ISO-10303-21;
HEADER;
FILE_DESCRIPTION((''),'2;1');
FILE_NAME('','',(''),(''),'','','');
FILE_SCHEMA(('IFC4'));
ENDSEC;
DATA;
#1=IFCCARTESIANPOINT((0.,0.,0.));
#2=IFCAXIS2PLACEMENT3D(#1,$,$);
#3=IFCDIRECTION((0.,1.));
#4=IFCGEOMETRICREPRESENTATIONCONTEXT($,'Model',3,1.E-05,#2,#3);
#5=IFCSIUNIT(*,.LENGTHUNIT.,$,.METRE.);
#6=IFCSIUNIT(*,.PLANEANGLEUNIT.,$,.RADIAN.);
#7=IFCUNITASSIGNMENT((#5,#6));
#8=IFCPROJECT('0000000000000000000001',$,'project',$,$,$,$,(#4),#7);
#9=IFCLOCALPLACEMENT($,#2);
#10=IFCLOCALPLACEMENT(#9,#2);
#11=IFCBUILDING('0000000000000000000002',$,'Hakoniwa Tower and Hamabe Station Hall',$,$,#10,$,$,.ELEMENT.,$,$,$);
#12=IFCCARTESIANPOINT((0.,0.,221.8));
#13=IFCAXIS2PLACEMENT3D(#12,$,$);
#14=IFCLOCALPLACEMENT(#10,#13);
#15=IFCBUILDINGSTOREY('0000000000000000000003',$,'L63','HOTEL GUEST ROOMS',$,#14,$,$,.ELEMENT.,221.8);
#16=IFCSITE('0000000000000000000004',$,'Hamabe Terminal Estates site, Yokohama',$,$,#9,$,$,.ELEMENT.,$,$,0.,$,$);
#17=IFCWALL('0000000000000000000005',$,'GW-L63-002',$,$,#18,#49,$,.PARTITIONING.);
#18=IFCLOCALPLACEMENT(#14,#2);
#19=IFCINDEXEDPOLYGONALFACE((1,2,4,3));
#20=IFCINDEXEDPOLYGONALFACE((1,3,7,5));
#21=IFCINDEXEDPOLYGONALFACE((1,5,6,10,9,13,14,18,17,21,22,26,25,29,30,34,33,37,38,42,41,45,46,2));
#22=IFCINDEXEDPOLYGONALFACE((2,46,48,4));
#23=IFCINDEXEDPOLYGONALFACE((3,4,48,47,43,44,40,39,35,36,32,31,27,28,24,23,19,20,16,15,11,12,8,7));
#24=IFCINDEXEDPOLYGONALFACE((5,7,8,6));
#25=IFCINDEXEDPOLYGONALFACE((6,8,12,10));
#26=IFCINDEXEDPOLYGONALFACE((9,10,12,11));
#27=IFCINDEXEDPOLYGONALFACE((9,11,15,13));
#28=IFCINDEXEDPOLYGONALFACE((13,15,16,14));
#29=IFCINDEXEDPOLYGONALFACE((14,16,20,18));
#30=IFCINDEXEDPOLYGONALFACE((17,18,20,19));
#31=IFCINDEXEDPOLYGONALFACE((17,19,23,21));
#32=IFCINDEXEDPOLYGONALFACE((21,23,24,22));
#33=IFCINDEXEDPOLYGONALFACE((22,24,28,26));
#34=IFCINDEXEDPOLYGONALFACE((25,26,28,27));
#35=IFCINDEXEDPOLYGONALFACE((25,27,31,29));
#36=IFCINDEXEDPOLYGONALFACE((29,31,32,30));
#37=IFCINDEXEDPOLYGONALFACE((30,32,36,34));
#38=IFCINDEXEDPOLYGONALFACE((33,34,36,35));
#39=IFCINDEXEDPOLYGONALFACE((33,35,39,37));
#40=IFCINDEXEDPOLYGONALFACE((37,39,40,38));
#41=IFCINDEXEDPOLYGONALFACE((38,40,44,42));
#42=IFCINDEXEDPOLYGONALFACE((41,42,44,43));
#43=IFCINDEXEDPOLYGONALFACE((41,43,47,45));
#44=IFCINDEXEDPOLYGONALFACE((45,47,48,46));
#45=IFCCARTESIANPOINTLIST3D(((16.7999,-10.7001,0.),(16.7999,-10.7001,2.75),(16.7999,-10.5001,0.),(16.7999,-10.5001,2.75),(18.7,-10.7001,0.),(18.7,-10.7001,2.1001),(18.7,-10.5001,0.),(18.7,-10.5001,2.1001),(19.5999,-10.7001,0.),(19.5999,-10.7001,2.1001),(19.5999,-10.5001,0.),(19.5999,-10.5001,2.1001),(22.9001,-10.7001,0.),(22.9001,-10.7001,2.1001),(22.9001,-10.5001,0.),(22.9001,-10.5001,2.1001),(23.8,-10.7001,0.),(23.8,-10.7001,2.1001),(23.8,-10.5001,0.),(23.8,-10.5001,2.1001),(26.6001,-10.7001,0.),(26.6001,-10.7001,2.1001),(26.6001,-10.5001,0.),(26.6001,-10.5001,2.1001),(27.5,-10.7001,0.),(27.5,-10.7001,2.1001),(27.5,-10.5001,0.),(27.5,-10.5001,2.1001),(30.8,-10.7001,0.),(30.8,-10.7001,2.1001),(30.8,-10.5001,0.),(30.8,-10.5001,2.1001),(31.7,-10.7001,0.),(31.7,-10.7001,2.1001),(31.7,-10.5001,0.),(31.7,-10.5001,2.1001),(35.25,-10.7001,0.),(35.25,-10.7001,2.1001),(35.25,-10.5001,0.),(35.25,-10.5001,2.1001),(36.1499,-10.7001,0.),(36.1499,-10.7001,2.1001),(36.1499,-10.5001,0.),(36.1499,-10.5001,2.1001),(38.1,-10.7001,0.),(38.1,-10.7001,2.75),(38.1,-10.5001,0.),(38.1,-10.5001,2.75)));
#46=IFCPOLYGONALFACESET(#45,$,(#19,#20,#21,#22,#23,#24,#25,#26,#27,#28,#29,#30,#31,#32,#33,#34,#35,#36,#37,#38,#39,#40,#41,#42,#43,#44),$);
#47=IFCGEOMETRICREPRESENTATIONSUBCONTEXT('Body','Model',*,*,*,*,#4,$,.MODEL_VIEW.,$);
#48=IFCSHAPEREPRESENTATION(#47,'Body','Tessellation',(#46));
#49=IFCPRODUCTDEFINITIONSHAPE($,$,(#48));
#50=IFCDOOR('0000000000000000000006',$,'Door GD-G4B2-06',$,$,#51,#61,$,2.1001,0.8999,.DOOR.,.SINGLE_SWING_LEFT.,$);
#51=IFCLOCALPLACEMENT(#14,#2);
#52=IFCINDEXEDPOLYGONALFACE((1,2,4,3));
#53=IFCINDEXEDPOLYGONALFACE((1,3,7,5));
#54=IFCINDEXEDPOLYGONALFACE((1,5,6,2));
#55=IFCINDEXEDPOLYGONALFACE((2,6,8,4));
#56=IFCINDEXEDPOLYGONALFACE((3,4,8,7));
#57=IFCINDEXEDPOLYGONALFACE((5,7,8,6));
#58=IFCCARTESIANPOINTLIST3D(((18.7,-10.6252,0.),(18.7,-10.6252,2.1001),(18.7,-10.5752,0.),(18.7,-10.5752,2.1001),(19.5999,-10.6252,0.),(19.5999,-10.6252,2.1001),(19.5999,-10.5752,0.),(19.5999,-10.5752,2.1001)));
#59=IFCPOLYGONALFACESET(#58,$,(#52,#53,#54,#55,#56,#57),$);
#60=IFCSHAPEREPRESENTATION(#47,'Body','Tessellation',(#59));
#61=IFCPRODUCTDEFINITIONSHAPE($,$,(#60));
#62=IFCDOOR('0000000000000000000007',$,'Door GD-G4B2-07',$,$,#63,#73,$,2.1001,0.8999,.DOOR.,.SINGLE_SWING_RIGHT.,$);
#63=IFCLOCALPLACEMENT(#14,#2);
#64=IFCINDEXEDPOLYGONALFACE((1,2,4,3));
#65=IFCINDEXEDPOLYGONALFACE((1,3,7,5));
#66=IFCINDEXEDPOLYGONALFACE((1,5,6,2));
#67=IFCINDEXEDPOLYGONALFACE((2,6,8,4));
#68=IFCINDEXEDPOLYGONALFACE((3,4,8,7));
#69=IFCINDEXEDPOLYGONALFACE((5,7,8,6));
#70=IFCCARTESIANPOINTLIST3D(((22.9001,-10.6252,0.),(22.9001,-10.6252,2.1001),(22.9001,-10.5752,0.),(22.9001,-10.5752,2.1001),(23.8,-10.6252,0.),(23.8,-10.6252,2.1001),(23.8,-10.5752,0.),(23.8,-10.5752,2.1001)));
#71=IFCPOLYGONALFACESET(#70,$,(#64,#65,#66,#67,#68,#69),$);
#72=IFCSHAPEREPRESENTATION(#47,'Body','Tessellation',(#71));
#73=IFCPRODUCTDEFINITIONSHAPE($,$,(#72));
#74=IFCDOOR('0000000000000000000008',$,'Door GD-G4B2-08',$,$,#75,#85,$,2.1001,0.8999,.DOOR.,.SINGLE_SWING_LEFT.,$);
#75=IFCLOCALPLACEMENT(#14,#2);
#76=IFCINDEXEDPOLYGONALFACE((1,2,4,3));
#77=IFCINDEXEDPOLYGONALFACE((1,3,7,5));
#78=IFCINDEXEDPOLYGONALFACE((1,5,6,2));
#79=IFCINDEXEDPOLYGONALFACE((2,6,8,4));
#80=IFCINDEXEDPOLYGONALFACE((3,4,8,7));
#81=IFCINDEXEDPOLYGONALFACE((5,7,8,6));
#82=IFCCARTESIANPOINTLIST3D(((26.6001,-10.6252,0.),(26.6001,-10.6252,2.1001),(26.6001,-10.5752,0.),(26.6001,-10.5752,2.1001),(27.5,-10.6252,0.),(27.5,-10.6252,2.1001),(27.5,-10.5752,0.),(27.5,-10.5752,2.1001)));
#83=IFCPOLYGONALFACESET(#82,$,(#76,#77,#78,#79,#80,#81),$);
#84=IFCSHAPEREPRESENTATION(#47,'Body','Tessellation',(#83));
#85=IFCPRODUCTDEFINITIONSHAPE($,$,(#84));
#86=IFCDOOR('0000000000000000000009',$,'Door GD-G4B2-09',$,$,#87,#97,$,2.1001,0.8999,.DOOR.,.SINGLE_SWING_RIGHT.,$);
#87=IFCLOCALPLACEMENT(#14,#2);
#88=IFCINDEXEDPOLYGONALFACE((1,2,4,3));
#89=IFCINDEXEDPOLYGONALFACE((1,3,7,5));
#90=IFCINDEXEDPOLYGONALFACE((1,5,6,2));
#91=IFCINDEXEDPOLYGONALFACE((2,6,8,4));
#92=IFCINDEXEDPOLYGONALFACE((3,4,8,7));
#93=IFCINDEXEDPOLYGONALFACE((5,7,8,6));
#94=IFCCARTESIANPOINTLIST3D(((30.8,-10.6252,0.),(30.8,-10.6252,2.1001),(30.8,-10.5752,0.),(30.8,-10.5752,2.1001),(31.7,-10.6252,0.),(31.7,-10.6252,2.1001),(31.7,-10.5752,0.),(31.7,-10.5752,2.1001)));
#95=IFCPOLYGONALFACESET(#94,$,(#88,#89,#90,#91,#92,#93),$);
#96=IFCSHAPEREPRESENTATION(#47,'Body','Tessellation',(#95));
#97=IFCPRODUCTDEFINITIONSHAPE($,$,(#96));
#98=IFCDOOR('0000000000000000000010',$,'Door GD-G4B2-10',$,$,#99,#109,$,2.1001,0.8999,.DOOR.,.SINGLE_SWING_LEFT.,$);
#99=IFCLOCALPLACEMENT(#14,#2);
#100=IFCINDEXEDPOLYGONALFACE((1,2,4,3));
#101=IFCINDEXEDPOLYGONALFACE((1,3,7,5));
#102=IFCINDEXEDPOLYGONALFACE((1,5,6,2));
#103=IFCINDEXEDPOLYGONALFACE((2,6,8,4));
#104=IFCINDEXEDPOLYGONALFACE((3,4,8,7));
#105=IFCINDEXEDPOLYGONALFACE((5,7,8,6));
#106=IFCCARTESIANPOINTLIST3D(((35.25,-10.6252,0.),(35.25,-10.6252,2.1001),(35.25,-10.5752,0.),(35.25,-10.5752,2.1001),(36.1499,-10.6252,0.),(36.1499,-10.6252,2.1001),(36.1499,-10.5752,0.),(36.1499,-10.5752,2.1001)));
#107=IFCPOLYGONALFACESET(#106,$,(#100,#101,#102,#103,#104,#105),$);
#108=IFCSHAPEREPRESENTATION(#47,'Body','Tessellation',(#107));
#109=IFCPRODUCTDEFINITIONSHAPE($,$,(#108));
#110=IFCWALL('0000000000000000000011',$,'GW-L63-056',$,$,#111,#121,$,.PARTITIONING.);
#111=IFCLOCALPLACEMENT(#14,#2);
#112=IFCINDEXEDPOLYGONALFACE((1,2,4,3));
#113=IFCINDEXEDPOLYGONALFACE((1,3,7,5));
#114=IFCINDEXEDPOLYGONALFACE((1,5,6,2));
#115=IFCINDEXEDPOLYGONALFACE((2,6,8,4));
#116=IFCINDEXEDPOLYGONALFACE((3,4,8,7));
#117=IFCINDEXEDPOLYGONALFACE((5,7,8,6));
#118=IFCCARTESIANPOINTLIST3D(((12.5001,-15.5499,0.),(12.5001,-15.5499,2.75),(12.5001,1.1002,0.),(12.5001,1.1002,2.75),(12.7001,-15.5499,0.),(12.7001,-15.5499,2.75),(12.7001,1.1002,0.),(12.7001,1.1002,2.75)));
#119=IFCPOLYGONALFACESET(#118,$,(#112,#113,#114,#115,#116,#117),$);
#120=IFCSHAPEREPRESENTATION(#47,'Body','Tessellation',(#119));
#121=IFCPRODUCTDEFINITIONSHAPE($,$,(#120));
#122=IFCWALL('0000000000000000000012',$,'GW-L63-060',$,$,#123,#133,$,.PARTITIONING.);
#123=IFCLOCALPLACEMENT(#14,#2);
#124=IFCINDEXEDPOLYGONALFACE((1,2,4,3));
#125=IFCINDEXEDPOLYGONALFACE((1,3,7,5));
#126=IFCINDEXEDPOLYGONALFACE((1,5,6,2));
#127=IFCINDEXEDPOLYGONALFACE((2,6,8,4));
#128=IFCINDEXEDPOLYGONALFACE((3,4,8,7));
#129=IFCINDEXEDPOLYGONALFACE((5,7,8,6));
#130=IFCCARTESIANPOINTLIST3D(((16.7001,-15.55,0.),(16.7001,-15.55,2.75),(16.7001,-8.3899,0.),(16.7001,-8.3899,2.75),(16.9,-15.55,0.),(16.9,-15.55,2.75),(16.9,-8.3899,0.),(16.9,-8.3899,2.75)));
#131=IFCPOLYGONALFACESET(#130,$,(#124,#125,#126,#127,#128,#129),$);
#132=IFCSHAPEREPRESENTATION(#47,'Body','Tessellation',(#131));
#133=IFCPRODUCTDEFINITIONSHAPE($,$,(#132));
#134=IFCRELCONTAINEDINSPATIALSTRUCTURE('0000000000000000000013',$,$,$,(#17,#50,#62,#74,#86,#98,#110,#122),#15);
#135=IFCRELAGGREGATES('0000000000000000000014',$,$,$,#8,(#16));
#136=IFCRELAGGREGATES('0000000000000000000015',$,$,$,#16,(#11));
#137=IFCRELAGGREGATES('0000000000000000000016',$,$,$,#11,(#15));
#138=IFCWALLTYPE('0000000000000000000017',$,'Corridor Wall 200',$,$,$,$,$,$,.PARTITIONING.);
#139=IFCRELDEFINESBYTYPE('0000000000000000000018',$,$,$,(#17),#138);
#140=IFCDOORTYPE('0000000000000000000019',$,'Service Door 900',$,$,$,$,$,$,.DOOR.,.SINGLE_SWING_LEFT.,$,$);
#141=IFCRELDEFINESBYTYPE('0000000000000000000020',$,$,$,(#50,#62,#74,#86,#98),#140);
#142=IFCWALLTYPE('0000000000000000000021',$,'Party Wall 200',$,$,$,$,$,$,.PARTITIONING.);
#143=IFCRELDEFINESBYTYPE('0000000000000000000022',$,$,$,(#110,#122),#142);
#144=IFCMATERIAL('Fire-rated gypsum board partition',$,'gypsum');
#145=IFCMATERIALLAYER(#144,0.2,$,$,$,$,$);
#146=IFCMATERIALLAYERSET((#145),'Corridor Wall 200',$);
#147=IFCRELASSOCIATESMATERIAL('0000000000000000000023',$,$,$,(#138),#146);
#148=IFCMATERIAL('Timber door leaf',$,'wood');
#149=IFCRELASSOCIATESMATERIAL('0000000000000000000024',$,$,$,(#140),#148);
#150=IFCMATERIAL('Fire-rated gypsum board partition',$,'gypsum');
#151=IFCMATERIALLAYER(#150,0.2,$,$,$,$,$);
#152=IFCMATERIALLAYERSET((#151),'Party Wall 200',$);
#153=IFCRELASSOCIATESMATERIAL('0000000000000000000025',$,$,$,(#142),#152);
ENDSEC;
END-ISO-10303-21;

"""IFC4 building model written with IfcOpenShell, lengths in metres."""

from ifc_helpers import new_model, si_unit, direction, frame, frame_2d, origin, place, context, subcontext, project, spatial, rectangle, extrude, material, layer, layer_set, type_object, element, fill, save


model = new_model("IFC4")

# Units and contexts
model_context = context("Model", 3, precision=1e-05, world=origin(), true_north=direction((0.0, 1.0)))
body_context = subcontext(model_context, "Body", "Model", "MODEL_VIEW")
ifc_project = project(units=[si_unit("LENGTHUNIT", "METRE"), si_unit("PLANEANGLEUNIT", "RADIAN")], contexts=[model_context])

# Site, building, storey
site_placement = place(None, origin())
site = spatial("IfcSite", under=ifc_project, at=site_placement, Name="Hamabe Terminal Estates site, Yokohama", CompositionType="ELEMENT", RefElevation=0.0)
building_placement = place(site_placement, origin())
building = spatial("IfcBuilding", under=site, at=building_placement, Name="Hakoniwa Tower and Hamabe Station Hall", CompositionType="ELEMENT")
storey_placement = place(building_placement, frame((0.0, 0.0, 221.8)))
storey = spatial("IfcBuildingStorey", under=building, at=storey_placement, Name="L63", Description="HOTEL GUEST ROOMS", CompositionType="ELEMENT", Elevation=221.8)

# Wall, openings, doors
ifc_material_1 = material(Name="Fire-rated gypsum board partition", Category="gypsum")
ifc_layer_1 = layer(ifc_material_1, 0.2)
ifc_layer_set_1 = layer_set([ifc_layer_1], Name="Corridor Wall 200")
wall_type_1 = type_object("IfcWallType", Name="Corridor Wall 200", PredefinedType="PARTITIONING", material=ifc_layer_set_1)
wall_1_placement = place(storey_placement, frame((16.8, -10.6001, 0.0), z_axis=(0.0, 0.0, 1.0), x_axis=(1.0, 0.0, 0.0)))
wall_1 = element("IfcWall", 1, at=wall_1_placement, inside=storey, type_object=wall_type_1, Name="GW-L63-002", PredefinedType="PARTITIONING", context=body_context, shape_type="SweptSolid", body=[
    extrude(rectangle(XDim=21.3, YDim=0.2, at=frame_2d((10.6499, 0.0))), origin(), (0.0, 0.0, 1.0), 2.75),
])
opening_1_placement = place(wall_1_placement, frame((1.8999, 0.0, 0.0)))
opening_1 = element("IfcOpeningElement", 2, at=opening_1_placement, cuts=wall_1, PredefinedType="OPENING", context=body_context, shape_type="SweptSolid", body=[
    extrude(rectangle(XDim=0.8999, YDim=2.1001, at=frame_2d((0.45, 1.05))), frame((0.0, 0.1099, 0.0), z_axis=(0.0, -1.0, 0.0), x_axis=(1.0, 0.0, 0.0)), (0.0, 0.0, 1.0), 0.22),
])
opening_2_placement = place(wall_1_placement, frame((6.1001, 0.0, 0.0)))
opening_2 = element("IfcOpeningElement", 3, at=opening_2_placement, cuts=wall_1, PredefinedType="OPENING", context=body_context, shape_type="SweptSolid", body=[
    extrude(rectangle(XDim=0.8999, YDim=2.1001, at=frame_2d((0.45, 1.05))), frame((0.0, 0.1099, 0.0), z_axis=(0.0, -1.0, 0.0), x_axis=(1.0, 0.0, 0.0)), (0.0, 0.0, 1.0), 0.22),
])
opening_3_placement = place(wall_1_placement, frame((9.8, 0.0, 0.0)))
opening_3 = element("IfcOpeningElement", 4, at=opening_3_placement, cuts=wall_1, PredefinedType="OPENING", context=body_context, shape_type="SweptSolid", body=[
    extrude(rectangle(XDim=0.8999, YDim=2.1001, at=frame_2d((0.45, 1.05))), frame((0.0, 0.1099, 0.0), z_axis=(0.0, -1.0, 0.0), x_axis=(1.0, 0.0, 0.0)), (0.0, 0.0, 1.0), 0.22),
])
opening_4_placement = place(wall_1_placement, frame((14.0, 0.0, 0.0)))
opening_4 = element("IfcOpeningElement", 5, at=opening_4_placement, cuts=wall_1, PredefinedType="OPENING", context=body_context, shape_type="SweptSolid", body=[
    extrude(rectangle(XDim=0.8999, YDim=2.1001, at=frame_2d((0.45, 1.05))), frame((0.0, 0.1099, 0.0), z_axis=(0.0, -1.0, 0.0), x_axis=(1.0, 0.0, 0.0)), (0.0, 0.0, 1.0), 0.22),
])
opening_5_placement = place(wall_1_placement, frame((18.45, 0.0, 0.0)))
opening_5 = element("IfcOpeningElement", 6, at=opening_5_placement, cuts=wall_1, PredefinedType="OPENING", context=body_context, shape_type="SweptSolid", body=[
    extrude(rectangle(XDim=0.8999, YDim=2.1001, at=frame_2d((0.45, 1.05))), frame((0.0, 0.1099, 0.0), z_axis=(0.0, -1.0, 0.0), x_axis=(1.0, 0.0, 0.0)), (0.0, 0.0, 1.0), 0.22),
])
ifc_material_2 = material(Name="Timber door leaf", Category="wood")
door_type_1 = type_object("IfcDoorType", Name="Service Door 900", OperationType="SINGLE_SWING_LEFT", PredefinedType="DOOR", material=ifc_material_2)
door_1_placement = place(opening_1_placement, origin())
door_1 = element("IfcDoor", 7, at=door_1_placement, inside=storey, type_object=door_type_1, Name="Door GD-G4B2-06", OperationType="SINGLE_SWING_LEFT", OverallHeight=2.1001, OverallWidth=0.8999, PredefinedType="DOOR", context=body_context, shape_type="SweptSolid", body=[
    extrude(rectangle(XDim=0.8999, YDim=2.1001, at=frame_2d((0.45, 1.05))), frame((0.0, 0.0249, 0.0), z_axis=(0.0, -1.0, 0.0), x_axis=(1.0, 0.0, 0.0)), (0.0, 0.0, 1.0), 0.05),
])
fill(opening_1, door_1)
door_2_placement = place(opening_2_placement, origin())
door_2 = element("IfcDoor", 8, at=door_2_placement, inside=storey, type_object=door_type_1, Name="Door GD-G4B2-07", OperationType="SINGLE_SWING_RIGHT", OverallHeight=2.1001, OverallWidth=0.8999, PredefinedType="DOOR", context=body_context, shape_type="SweptSolid", body=[
    extrude(rectangle(XDim=0.8999, YDim=2.1001, at=frame_2d((0.45, 1.05))), frame((0.0, 0.0249, 0.0), z_axis=(0.0, -1.0, 0.0), x_axis=(1.0, 0.0, 0.0)), (0.0, 0.0, 1.0), 0.05),
])
fill(opening_2, door_2)
door_3_placement = place(opening_3_placement, origin())
door_3 = element("IfcDoor", 9, at=door_3_placement, inside=storey, type_object=door_type_1, Name="Door GD-G4B2-08", OperationType="SINGLE_SWING_LEFT", OverallHeight=2.1001, OverallWidth=0.8999, PredefinedType="DOOR", context=body_context, shape_type="SweptSolid", body=[
    extrude(rectangle(XDim=0.8999, YDim=2.1001, at=frame_2d((0.45, 1.05))), frame((0.0, 0.0249, 0.0), z_axis=(0.0, -1.0, 0.0), x_axis=(1.0, 0.0, 0.0)), (0.0, 0.0, 1.0), 0.05),
])
fill(opening_3, door_3)
door_4_placement = place(opening_4_placement, origin())
door_4 = element("IfcDoor", 10, at=door_4_placement, inside=storey, type_object=door_type_1, Name="Door GD-G4B2-09", OperationType="SINGLE_SWING_RIGHT", OverallHeight=2.1001, OverallWidth=0.8999, PredefinedType="DOOR", context=body_context, shape_type="SweptSolid", body=[
    extrude(rectangle(XDim=0.8999, YDim=2.1001, at=frame_2d((0.45, 1.05))), frame((0.0, 0.0249, 0.0), z_axis=(0.0, -1.0, 0.0), x_axis=(1.0, 0.0, 0.0)), (0.0, 0.0, 1.0), 0.05),
])
fill(opening_4, door_4)
door_5_placement = place(opening_5_placement, origin())
door_5 = element("IfcDoor", 11, at=door_5_placement, inside=storey, type_object=door_type_1, Name="Door GD-G4B2-10", OperationType="SINGLE_SWING_LEFT", OverallHeight=2.1001, OverallWidth=0.8999, PredefinedType="DOOR", context=body_context, shape_type="SweptSolid", body=[
    extrude(rectangle(XDim=0.8999, YDim=2.1001, at=frame_2d((0.45, 1.05))), frame((0.0, 0.0249, 0.0), z_axis=(0.0, -1.0, 0.0), x_axis=(1.0, 0.0, 0.0)), (0.0, 0.0, 1.0), 0.05),
])
fill(opening_5, door_5)

# Walls
ifc_material_3 = material(Name="Fire-rated gypsum board partition", Category="gypsum")
ifc_layer_2 = layer(ifc_material_3, 0.2)
ifc_layer_set_2 = layer_set([ifc_layer_2], Name="Party Wall 200")
wall_type_2 = type_object("IfcWallType", Name="Party Wall 200", PredefinedType="PARTITIONING", material=ifc_layer_set_2)
wall_2_placement = place(storey_placement, frame((12.6001, -15.55, 0.0), z_axis=(0.0, 0.0, 1.0), x_axis=(0.0, 1.0, 0.0)))
element("IfcWall", 12, at=wall_2_placement, inside=storey, type_object=wall_type_2, Name="GW-L63-056", PredefinedType="PARTITIONING", context=body_context, shape_type="SweptSolid", body=[
    extrude(rectangle(XDim=16.6501, YDim=0.2, at=frame_2d((8.3252, 0.0))), origin(), (0.0, 0.0, 1.0), 2.75),
])
wall_3_placement = place(storey_placement, frame((16.8, -15.55, 0.0), z_axis=(0.0, 0.0, 1.0), x_axis=(0.0, 1.0, 0.0)))
element("IfcWall", 13, at=wall_3_placement, inside=storey, type_object=wall_type_2, Name="GW-L63-060", PredefinedType="PARTITIONING", context=body_context, shape_type="SweptSolid", body=[
    extrude(rectangle(XDim=7.1602, YDim=0.2, at=frame_2d((3.5801, 0.0))), origin(), (0.0, 0.0, 1.0), 2.75),
])

save(model, "model.ifc")
